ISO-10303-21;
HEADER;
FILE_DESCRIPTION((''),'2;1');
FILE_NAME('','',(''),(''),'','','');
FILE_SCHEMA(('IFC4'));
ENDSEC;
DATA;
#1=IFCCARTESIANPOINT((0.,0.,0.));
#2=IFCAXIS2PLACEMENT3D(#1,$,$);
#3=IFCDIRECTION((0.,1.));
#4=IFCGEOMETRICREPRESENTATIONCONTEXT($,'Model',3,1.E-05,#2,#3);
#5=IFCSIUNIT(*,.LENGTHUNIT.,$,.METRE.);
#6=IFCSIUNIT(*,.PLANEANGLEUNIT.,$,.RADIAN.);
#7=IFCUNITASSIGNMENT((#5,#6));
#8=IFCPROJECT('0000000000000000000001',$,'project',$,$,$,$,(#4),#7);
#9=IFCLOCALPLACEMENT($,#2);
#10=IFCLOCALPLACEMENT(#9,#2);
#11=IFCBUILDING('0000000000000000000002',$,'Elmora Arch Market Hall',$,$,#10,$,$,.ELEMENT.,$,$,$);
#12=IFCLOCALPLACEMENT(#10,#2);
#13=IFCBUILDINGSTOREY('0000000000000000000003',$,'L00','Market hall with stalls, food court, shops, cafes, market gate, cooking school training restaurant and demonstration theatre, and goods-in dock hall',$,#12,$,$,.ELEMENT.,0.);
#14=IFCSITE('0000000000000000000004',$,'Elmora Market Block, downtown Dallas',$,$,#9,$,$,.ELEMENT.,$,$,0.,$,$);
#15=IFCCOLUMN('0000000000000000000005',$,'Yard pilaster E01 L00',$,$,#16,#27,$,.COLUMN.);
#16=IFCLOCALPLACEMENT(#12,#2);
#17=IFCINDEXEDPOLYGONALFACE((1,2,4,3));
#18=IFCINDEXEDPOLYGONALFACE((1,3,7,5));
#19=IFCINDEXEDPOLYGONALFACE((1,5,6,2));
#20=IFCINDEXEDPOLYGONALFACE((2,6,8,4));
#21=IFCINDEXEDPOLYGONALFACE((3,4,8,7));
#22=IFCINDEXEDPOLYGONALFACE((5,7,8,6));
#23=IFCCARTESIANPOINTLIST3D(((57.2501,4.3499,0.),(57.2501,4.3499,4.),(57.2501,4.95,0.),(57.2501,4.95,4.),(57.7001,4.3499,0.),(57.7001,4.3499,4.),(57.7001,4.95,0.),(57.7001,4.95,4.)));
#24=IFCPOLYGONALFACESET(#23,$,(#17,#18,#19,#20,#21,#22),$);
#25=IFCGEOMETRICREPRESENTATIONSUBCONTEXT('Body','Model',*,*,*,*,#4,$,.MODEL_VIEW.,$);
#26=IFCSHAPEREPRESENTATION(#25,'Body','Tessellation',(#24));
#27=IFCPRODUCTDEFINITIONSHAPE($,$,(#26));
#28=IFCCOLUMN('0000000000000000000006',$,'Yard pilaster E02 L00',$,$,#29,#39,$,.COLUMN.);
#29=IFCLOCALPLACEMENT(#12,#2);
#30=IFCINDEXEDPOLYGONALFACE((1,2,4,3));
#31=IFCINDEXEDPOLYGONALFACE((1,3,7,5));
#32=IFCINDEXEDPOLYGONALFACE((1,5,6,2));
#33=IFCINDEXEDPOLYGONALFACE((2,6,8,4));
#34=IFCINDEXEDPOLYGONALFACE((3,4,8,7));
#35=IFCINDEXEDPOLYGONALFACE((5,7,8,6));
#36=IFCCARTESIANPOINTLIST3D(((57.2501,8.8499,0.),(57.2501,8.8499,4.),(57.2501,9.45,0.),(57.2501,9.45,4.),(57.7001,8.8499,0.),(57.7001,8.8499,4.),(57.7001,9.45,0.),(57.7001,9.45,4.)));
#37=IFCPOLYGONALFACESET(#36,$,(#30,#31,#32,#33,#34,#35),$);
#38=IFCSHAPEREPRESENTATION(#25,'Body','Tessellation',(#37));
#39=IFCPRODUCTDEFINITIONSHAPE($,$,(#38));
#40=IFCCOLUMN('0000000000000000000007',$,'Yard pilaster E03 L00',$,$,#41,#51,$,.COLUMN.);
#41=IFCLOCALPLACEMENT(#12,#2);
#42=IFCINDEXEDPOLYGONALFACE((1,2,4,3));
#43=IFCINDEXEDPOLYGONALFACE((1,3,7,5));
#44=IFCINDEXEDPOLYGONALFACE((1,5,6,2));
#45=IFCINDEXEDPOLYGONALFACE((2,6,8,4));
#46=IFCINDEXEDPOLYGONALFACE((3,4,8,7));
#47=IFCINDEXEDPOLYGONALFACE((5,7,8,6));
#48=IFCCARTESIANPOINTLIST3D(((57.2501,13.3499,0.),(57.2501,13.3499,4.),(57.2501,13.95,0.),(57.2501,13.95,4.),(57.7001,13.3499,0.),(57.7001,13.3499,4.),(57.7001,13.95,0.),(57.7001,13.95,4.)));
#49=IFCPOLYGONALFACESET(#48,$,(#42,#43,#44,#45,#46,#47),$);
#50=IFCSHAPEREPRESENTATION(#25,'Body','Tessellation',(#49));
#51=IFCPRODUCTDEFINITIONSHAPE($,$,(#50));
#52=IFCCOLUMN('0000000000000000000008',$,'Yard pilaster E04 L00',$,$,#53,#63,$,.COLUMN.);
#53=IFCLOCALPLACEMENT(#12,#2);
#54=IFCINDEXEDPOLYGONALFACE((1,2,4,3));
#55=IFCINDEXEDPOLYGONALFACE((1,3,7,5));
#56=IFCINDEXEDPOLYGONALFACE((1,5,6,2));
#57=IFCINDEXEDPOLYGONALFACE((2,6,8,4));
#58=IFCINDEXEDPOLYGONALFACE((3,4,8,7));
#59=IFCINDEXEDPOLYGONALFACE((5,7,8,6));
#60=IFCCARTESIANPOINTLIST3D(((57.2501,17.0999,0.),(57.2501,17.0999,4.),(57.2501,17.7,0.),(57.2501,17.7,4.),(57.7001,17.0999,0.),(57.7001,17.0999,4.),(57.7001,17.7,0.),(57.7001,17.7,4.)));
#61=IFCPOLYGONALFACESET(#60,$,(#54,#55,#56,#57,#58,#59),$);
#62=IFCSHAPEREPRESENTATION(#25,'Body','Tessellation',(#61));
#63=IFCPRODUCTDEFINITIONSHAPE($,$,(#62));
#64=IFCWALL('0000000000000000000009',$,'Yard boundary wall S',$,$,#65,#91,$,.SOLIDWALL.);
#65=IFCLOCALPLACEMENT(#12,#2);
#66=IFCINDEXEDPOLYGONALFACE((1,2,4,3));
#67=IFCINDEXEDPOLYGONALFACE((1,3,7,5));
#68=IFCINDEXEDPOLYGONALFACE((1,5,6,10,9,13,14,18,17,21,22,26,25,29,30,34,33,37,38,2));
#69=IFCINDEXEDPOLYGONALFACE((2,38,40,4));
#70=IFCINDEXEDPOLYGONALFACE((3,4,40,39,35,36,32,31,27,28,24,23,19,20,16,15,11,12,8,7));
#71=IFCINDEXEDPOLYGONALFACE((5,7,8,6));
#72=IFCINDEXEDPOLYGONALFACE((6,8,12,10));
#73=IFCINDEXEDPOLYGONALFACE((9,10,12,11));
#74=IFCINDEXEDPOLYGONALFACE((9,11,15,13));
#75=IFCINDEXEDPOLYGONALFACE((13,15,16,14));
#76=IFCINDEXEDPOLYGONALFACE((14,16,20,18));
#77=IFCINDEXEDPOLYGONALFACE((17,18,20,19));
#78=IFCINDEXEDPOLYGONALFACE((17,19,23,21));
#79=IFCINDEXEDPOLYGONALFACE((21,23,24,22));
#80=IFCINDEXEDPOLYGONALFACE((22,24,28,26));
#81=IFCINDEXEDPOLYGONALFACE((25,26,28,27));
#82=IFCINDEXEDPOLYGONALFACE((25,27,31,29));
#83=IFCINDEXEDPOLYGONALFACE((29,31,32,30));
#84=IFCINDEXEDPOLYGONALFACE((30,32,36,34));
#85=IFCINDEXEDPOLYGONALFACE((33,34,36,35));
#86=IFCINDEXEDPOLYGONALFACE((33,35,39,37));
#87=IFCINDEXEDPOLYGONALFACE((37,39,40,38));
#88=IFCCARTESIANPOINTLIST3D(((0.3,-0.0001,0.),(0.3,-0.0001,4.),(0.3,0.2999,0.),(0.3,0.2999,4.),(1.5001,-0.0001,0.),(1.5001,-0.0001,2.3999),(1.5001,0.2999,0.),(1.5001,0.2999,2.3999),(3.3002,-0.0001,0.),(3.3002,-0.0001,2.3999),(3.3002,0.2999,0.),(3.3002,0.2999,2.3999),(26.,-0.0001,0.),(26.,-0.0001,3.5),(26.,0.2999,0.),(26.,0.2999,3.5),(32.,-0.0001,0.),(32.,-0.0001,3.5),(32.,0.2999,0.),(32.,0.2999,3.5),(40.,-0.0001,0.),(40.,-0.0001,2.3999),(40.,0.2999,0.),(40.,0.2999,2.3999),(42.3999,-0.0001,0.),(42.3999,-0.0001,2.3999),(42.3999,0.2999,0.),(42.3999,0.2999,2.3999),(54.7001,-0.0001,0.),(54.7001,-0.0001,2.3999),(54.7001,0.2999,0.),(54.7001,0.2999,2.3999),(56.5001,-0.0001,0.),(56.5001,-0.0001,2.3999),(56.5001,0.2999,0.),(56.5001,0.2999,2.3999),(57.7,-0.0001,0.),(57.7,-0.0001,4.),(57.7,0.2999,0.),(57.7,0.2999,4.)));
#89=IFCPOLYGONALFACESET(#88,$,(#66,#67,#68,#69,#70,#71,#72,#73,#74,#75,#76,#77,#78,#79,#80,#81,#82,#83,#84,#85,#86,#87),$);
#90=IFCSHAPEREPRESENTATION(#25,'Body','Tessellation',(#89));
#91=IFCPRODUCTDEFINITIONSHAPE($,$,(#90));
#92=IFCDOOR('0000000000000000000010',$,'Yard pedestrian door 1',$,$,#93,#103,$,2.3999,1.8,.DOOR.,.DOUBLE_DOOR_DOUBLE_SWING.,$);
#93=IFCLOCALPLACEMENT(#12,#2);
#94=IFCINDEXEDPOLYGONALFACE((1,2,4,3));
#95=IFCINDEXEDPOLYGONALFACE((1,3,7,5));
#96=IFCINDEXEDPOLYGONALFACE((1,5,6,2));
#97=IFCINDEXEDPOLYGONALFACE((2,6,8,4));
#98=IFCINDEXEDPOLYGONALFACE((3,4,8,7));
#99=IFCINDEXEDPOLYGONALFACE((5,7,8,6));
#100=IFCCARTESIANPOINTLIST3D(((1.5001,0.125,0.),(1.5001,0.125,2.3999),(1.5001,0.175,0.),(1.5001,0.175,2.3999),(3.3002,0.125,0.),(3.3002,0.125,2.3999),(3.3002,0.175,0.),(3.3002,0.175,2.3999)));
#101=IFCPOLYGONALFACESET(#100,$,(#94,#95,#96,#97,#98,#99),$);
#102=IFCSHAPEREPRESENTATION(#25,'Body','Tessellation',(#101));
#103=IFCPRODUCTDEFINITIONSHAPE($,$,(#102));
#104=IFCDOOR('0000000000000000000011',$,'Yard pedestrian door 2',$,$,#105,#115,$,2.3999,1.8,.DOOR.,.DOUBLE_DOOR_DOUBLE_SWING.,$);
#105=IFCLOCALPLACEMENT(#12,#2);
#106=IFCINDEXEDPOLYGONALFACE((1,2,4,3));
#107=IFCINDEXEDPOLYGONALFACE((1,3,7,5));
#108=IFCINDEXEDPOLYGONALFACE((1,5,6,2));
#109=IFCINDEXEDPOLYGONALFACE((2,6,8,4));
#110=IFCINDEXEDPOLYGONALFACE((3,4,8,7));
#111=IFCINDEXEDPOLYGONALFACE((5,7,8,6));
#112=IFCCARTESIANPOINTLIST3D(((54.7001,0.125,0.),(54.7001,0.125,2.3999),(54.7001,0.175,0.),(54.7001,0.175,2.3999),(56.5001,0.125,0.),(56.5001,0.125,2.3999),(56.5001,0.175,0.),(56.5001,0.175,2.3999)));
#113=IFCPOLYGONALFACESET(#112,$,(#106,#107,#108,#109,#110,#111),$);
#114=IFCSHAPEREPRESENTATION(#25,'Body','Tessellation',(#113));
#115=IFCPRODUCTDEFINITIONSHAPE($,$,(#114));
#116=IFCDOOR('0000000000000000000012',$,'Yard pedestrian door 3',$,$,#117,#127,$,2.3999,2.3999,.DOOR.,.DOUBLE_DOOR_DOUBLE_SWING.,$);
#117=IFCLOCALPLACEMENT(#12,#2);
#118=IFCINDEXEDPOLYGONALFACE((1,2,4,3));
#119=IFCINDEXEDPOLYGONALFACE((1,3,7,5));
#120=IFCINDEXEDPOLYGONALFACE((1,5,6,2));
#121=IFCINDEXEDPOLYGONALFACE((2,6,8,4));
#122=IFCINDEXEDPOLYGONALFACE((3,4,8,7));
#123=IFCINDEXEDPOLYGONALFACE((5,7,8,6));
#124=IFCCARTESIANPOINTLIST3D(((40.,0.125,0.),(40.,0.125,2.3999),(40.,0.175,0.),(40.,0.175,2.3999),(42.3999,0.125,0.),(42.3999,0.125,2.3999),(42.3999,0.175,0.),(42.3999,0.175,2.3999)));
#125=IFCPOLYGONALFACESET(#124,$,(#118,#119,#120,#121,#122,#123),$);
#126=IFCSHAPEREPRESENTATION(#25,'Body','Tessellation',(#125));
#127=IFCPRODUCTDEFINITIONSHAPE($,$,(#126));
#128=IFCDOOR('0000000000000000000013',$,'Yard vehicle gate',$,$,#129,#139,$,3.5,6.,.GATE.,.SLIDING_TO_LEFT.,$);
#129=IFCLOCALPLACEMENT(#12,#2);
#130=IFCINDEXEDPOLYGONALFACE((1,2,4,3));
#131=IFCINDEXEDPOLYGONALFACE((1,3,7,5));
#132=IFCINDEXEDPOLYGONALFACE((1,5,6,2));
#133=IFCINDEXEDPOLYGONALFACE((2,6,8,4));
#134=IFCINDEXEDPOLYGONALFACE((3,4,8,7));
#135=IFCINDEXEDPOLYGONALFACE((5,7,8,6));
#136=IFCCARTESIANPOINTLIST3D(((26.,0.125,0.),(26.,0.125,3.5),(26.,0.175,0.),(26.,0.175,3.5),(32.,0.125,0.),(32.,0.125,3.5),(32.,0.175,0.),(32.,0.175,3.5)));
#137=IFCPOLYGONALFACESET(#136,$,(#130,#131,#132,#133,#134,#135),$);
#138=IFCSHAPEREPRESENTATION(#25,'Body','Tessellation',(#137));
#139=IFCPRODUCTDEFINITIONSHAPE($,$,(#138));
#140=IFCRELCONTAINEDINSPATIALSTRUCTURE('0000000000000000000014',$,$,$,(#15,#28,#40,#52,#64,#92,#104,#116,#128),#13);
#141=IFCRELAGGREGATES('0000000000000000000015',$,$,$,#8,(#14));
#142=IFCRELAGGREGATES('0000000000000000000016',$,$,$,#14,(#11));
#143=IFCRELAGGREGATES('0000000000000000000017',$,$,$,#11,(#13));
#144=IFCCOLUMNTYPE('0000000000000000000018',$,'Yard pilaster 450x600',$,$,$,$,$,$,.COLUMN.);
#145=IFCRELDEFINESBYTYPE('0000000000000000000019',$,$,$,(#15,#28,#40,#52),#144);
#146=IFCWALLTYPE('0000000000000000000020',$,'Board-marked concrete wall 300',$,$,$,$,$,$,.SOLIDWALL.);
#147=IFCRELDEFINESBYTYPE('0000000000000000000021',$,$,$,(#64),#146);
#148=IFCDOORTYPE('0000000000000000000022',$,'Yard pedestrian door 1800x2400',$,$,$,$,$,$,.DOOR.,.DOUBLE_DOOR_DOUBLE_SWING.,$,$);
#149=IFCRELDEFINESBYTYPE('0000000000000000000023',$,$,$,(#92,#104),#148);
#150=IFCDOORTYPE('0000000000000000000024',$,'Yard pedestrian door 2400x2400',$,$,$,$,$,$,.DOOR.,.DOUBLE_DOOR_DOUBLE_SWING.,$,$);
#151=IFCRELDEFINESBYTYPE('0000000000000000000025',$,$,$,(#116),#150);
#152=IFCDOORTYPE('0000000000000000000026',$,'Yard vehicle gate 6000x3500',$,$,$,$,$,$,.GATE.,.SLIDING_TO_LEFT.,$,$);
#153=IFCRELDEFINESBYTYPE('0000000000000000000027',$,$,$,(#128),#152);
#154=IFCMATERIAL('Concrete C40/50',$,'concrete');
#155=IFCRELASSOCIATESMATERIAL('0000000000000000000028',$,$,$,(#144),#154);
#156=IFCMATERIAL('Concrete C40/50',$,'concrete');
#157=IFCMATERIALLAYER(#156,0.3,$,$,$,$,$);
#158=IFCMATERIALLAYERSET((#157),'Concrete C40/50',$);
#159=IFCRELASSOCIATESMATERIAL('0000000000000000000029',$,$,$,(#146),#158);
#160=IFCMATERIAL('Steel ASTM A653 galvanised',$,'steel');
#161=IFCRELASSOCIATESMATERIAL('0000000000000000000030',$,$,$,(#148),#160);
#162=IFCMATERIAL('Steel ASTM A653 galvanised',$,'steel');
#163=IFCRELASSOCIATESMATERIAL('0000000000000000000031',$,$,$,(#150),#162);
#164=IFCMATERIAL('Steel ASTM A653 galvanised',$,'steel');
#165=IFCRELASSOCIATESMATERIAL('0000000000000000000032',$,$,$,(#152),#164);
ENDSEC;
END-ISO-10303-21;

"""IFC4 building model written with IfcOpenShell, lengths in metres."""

from ifc_helpers import new_model, si_unit, direction, frame, frame_2d, origin, origin_2d, place, context, subcontext, project, spatial, rectangle, extrude, material, layer, layer_set, material_profile, profile_set, type_object, element, fill, save


model = new_model("IFC4")

# Units and contexts
model_context = context("Model", 3, precision=1e-05, world=origin(), true_north=direction((0.0, 1.0)))
body_context = subcontext(model_context, "Body", "Model", "MODEL_VIEW")
ifc_project = project(units=[si_unit("LENGTHUNIT", "METRE"), si_unit("PLANEANGLEUNIT", "RADIAN")], contexts=[model_context])

# Site, building, storey
site_placement = place(None, origin())
site = spatial("IfcSite", under=ifc_project, at=site_placement, Name="Elmora Market Block, downtown Dallas", CompositionType="ELEMENT", RefElevation=0.0)
building_placement = place(site_placement, origin())
building = spatial("IfcBuilding", under=site, at=building_placement, Name="Elmora Arch Market Hall", CompositionType="ELEMENT")
storey_placement = place(building_placement, origin())
storey = spatial("IfcBuildingStorey", under=building, at=storey_placement, Name="L00", Description="Market hall with stalls, food court, shops, cafes, market gate, cooking school training restaurant and demonstration theatre, and goods-in dock hall", CompositionType="ELEMENT", Elevation=0.0)

# Columns
ifc_material_1 = material(Name="Concrete C40/50", Category="concrete")
ifc_material_profile_1 = material_profile(ifc_material_1, rectangle(XDim=0.45, YDim=0.6001, at=origin_2d()), Name="Yard pilaster 450x600")
ifc_profile_set_1 = profile_set([ifc_material_profile_1], Name="Concrete C40/50")
column_type_1 = type_object("IfcColumnType", Name="Yard pilaster 450x600", PredefinedType="COLUMN", material=ifc_profile_set_1)
for number, where, z_axis, x_axis, name in (
    (1, (57.4751, 4.6499, 0.0), (0.0, 0.0, 1.0), (1.0, 0.0, 0.0), "Yard pilaster E01 L00"),
    (2, (57.4751, 9.1499, 0.0), (0.0, 0.0, 1.0), (1.0, 0.0, 0.0), "Yard pilaster E02 L00"),
    (3, (57.4751, 13.6499, 0.0), (0.0, 0.0, 1.0), (1.0, 0.0, 0.0), "Yard pilaster E03 L00"),
    (4, (57.4751, 17.3999, 0.0), (0.0, 0.0, 1.0), (1.0, 0.0, 0.0), "Yard pilaster E04 L00"),
):
    element("IfcColumn", number, at=place(storey_placement, frame(where, z_axis=z_axis, x_axis=x_axis)), inside=storey, type_object=column_type_1, Name=name, PredefinedType="COLUMN", context=body_context, shape_type="SweptSolid", body=[
        extrude(rectangle(XDim=0.45, YDim=0.6001, at=origin_2d()), origin(), (0.0, 0.0, 1.0), 4.0),
    ])

# Wall, openings, doors
ifc_material_2 = material(Name="Concrete C40/50", Category="concrete")
ifc_layer = layer(ifc_material_2, 0.3)
ifc_layer_set = layer_set([ifc_layer], Name="Concrete C40/50")
wall_type = type_object("IfcWallType", Name="Board-marked concrete wall 300", PredefinedType="SOLIDWALL", material=ifc_layer_set)
wall_placement = place(storey_placement, frame((57.7, 0.1499, 0.0), z_axis=(0.0, 0.0, 1.0), x_axis=(-1.0, 0.0, 0.0)))
wall = element("IfcWall", 5, at=wall_placement, inside=storey, type_object=wall_type, Name="Yard boundary wall S", PredefinedType="SOLIDWALL", context=body_context, shape_type="SweptSolid", body=[
    extrude(rectangle(XDim=57.3999, YDim=0.3, at=frame_2d((28.7, 0.0))), origin(), (0.0, 0.0, 1.0), 4.0),
])
opening_1_placement = place(wall_placement, frame((54.3999, 0.0, 0.0)))
opening_1 = element("IfcOpeningElement", 6, at=opening_1_placement, cuts=wall, PredefinedType="OPENING", context=body_context, shape_type="SweptSolid", body=[
    extrude(rectangle(XDim=1.8, YDim=2.3999, at=frame_2d((0.8999, 1.2))), frame((0.0, 0.1599, 0.0), z_axis=(0.0, -1.0, 0.0), x_axis=(1.0, 0.0, 0.0)), (0.0, 0.0, 1.0), 0.3201),
])
opening_2_placement = place(wall_placement, frame((1.2, 0.0, 0.0)))
opening_2 = element("IfcOpeningElement", 7, at=opening_2_placement, cuts=wall, PredefinedType="OPENING", context=body_context, shape_type="SweptSolid", body=[
    extrude(rectangle(XDim=1.8, YDim=2.3999, at=frame_2d((0.8999, 1.2))), frame((0.0, 0.1599, 0.0), z_axis=(0.0, -1.0, 0.0), x_axis=(1.0, 0.0, 0.0)), (0.0, 0.0, 1.0), 0.3201),
])
opening_3_placement = place(wall_placement, frame((15.3, 0.0, 0.0)))
opening_3 = element("IfcOpeningElement", 8, at=opening_3_placement, cuts=wall, PredefinedType="OPENING", context=body_context, shape_type="SweptSolid", body=[
    extrude(rectangle(XDim=2.3999, YDim=2.3999, at=frame_2d((1.2, 1.2))), frame((0.0, 0.1599, 0.0), z_axis=(0.0, -1.0, 0.0), x_axis=(1.0, 0.0, 0.0)), (0.0, 0.0, 1.0), 0.3201),
])
opening_4_placement = place(wall_placement, frame((25.7, 0.0, 0.0)))
opening_4 = element("IfcOpeningElement", 9, at=opening_4_placement, cuts=wall, PredefinedType="OPENING", context=body_context, shape_type="SweptSolid", body=[
    extrude(rectangle(XDim=6.0, YDim=3.5, at=frame_2d((3.0, 1.75))), frame((0.0, 0.1599, 0.0), z_axis=(0.0, -1.0, 0.0), x_axis=(1.0, 0.0, 0.0)), (0.0, 0.0, 1.0), 0.3201),
])
ifc_material_3 = material(Name="Steel ASTM A653 galvanised", Category="steel")
door_type_1 = type_object("IfcDoorType", Name="Yard pedestrian door 1800x2400", OperationType="DOUBLE_DOOR_DOUBLE_SWING", PredefinedType="DOOR", material=ifc_material_3)
door_1_placement = place(opening_1_placement, origin())
door_1 = element("IfcDoor", 10, at=door_1_placement, inside=storey, type_object=door_type_1, Name="Yard pedestrian door 1", OperationType="DOUBLE_DOOR_DOUBLE_SWING", OverallHeight=2.3999, OverallWidth=1.8, PredefinedType="DOOR", context=body_context, shape_type="SweptSolid", body=[
    extrude(rectangle(XDim=1.8, YDim=2.3999, at=frame_2d((0.8999, 1.2))), frame((0.0, 0.0249, 0.0), z_axis=(0.0, -1.0, 0.0), x_axis=(1.0, 0.0, 0.0)), (0.0, 0.0, 1.0), 0.05),
])
fill(opening_1, door_1)
door_2_placement = place(opening_2_placement, origin())
door_2 = element("IfcDoor", 11, at=door_2_placement, inside=storey, type_object=door_type_1, Name="Yard pedestrian door 2", OperationType="DOUBLE_DOOR_DOUBLE_SWING", OverallHeight=2.3999, OverallWidth=1.8, PredefinedType="DOOR", context=body_context, shape_type="SweptSolid", body=[
    extrude(rectangle(XDim=1.8, YDim=2.3999, at=frame_2d((0.8999, 1.2))), frame((0.0, 0.0249, 0.0), z_axis=(0.0, -1.0, 0.0), x_axis=(1.0, 0.0, 0.0)), (0.0, 0.0, 1.0), 0.05),
])
fill(opening_2, door_2)
ifc_material_4 = material(Name="Steel ASTM A653 galvanised", Category="steel")
door_type_2 = type_object("IfcDoorType", Name="Yard pedestrian door 2400x2400", OperationType="DOUBLE_DOOR_DOUBLE_SWING", PredefinedType="DOOR", material=ifc_material_4)
door_3_placement = place(opening_3_placement, origin())
door_3 = element("IfcDoor", 12, at=door_3_placement, inside=storey, type_object=door_type_2, Name="Yard pedestrian door 3", OperationType="DOUBLE_DOOR_DOUBLE_SWING", OverallHeight=2.3999, OverallWidth=2.3999, PredefinedType="DOOR", context=body_context, shape_type="SweptSolid", body=[
    extrude(rectangle(XDim=2.3999, YDim=2.3999, at=frame_2d((1.2, 1.2))), frame((0.0, 0.0249, 0.0), z_axis=(0.0, -1.0, 0.0), x_axis=(1.0, 0.0, 0.0)), (0.0, 0.0, 1.0), 0.05),
])
fill(opening_3, door_3)
ifc_material_5 = material(Name="Steel ASTM A653 galvanised", Category="steel")
door_type_3 = type_object("IfcDoorType", Name="Yard vehicle gate 6000x3500", OperationType="SLIDING_TO_LEFT", PredefinedType="GATE", material=ifc_material_5)
door_4_placement = place(opening_4_placement, origin())
door_4 = element("IfcDoor", 13, at=door_4_placement, inside=storey, type_object=door_type_3, Name="Yard vehicle gate", OperationType="SLIDING_TO_LEFT", OverallHeight=3.5, OverallWidth=6.0, PredefinedType="GATE", context=body_context, shape_type="SweptSolid", body=[
    extrude(rectangle(XDim=6.0, YDim=3.5, at=frame_2d((3.0, 1.75))), frame((0.0, 0.0249, 0.0), z_axis=(0.0, -1.0, 0.0), x_axis=(1.0, 0.0, 0.0)), (0.0, 0.0, 1.0), 0.05),
])
fill(opening_4, door_4)

save(model, "model.ifc")
